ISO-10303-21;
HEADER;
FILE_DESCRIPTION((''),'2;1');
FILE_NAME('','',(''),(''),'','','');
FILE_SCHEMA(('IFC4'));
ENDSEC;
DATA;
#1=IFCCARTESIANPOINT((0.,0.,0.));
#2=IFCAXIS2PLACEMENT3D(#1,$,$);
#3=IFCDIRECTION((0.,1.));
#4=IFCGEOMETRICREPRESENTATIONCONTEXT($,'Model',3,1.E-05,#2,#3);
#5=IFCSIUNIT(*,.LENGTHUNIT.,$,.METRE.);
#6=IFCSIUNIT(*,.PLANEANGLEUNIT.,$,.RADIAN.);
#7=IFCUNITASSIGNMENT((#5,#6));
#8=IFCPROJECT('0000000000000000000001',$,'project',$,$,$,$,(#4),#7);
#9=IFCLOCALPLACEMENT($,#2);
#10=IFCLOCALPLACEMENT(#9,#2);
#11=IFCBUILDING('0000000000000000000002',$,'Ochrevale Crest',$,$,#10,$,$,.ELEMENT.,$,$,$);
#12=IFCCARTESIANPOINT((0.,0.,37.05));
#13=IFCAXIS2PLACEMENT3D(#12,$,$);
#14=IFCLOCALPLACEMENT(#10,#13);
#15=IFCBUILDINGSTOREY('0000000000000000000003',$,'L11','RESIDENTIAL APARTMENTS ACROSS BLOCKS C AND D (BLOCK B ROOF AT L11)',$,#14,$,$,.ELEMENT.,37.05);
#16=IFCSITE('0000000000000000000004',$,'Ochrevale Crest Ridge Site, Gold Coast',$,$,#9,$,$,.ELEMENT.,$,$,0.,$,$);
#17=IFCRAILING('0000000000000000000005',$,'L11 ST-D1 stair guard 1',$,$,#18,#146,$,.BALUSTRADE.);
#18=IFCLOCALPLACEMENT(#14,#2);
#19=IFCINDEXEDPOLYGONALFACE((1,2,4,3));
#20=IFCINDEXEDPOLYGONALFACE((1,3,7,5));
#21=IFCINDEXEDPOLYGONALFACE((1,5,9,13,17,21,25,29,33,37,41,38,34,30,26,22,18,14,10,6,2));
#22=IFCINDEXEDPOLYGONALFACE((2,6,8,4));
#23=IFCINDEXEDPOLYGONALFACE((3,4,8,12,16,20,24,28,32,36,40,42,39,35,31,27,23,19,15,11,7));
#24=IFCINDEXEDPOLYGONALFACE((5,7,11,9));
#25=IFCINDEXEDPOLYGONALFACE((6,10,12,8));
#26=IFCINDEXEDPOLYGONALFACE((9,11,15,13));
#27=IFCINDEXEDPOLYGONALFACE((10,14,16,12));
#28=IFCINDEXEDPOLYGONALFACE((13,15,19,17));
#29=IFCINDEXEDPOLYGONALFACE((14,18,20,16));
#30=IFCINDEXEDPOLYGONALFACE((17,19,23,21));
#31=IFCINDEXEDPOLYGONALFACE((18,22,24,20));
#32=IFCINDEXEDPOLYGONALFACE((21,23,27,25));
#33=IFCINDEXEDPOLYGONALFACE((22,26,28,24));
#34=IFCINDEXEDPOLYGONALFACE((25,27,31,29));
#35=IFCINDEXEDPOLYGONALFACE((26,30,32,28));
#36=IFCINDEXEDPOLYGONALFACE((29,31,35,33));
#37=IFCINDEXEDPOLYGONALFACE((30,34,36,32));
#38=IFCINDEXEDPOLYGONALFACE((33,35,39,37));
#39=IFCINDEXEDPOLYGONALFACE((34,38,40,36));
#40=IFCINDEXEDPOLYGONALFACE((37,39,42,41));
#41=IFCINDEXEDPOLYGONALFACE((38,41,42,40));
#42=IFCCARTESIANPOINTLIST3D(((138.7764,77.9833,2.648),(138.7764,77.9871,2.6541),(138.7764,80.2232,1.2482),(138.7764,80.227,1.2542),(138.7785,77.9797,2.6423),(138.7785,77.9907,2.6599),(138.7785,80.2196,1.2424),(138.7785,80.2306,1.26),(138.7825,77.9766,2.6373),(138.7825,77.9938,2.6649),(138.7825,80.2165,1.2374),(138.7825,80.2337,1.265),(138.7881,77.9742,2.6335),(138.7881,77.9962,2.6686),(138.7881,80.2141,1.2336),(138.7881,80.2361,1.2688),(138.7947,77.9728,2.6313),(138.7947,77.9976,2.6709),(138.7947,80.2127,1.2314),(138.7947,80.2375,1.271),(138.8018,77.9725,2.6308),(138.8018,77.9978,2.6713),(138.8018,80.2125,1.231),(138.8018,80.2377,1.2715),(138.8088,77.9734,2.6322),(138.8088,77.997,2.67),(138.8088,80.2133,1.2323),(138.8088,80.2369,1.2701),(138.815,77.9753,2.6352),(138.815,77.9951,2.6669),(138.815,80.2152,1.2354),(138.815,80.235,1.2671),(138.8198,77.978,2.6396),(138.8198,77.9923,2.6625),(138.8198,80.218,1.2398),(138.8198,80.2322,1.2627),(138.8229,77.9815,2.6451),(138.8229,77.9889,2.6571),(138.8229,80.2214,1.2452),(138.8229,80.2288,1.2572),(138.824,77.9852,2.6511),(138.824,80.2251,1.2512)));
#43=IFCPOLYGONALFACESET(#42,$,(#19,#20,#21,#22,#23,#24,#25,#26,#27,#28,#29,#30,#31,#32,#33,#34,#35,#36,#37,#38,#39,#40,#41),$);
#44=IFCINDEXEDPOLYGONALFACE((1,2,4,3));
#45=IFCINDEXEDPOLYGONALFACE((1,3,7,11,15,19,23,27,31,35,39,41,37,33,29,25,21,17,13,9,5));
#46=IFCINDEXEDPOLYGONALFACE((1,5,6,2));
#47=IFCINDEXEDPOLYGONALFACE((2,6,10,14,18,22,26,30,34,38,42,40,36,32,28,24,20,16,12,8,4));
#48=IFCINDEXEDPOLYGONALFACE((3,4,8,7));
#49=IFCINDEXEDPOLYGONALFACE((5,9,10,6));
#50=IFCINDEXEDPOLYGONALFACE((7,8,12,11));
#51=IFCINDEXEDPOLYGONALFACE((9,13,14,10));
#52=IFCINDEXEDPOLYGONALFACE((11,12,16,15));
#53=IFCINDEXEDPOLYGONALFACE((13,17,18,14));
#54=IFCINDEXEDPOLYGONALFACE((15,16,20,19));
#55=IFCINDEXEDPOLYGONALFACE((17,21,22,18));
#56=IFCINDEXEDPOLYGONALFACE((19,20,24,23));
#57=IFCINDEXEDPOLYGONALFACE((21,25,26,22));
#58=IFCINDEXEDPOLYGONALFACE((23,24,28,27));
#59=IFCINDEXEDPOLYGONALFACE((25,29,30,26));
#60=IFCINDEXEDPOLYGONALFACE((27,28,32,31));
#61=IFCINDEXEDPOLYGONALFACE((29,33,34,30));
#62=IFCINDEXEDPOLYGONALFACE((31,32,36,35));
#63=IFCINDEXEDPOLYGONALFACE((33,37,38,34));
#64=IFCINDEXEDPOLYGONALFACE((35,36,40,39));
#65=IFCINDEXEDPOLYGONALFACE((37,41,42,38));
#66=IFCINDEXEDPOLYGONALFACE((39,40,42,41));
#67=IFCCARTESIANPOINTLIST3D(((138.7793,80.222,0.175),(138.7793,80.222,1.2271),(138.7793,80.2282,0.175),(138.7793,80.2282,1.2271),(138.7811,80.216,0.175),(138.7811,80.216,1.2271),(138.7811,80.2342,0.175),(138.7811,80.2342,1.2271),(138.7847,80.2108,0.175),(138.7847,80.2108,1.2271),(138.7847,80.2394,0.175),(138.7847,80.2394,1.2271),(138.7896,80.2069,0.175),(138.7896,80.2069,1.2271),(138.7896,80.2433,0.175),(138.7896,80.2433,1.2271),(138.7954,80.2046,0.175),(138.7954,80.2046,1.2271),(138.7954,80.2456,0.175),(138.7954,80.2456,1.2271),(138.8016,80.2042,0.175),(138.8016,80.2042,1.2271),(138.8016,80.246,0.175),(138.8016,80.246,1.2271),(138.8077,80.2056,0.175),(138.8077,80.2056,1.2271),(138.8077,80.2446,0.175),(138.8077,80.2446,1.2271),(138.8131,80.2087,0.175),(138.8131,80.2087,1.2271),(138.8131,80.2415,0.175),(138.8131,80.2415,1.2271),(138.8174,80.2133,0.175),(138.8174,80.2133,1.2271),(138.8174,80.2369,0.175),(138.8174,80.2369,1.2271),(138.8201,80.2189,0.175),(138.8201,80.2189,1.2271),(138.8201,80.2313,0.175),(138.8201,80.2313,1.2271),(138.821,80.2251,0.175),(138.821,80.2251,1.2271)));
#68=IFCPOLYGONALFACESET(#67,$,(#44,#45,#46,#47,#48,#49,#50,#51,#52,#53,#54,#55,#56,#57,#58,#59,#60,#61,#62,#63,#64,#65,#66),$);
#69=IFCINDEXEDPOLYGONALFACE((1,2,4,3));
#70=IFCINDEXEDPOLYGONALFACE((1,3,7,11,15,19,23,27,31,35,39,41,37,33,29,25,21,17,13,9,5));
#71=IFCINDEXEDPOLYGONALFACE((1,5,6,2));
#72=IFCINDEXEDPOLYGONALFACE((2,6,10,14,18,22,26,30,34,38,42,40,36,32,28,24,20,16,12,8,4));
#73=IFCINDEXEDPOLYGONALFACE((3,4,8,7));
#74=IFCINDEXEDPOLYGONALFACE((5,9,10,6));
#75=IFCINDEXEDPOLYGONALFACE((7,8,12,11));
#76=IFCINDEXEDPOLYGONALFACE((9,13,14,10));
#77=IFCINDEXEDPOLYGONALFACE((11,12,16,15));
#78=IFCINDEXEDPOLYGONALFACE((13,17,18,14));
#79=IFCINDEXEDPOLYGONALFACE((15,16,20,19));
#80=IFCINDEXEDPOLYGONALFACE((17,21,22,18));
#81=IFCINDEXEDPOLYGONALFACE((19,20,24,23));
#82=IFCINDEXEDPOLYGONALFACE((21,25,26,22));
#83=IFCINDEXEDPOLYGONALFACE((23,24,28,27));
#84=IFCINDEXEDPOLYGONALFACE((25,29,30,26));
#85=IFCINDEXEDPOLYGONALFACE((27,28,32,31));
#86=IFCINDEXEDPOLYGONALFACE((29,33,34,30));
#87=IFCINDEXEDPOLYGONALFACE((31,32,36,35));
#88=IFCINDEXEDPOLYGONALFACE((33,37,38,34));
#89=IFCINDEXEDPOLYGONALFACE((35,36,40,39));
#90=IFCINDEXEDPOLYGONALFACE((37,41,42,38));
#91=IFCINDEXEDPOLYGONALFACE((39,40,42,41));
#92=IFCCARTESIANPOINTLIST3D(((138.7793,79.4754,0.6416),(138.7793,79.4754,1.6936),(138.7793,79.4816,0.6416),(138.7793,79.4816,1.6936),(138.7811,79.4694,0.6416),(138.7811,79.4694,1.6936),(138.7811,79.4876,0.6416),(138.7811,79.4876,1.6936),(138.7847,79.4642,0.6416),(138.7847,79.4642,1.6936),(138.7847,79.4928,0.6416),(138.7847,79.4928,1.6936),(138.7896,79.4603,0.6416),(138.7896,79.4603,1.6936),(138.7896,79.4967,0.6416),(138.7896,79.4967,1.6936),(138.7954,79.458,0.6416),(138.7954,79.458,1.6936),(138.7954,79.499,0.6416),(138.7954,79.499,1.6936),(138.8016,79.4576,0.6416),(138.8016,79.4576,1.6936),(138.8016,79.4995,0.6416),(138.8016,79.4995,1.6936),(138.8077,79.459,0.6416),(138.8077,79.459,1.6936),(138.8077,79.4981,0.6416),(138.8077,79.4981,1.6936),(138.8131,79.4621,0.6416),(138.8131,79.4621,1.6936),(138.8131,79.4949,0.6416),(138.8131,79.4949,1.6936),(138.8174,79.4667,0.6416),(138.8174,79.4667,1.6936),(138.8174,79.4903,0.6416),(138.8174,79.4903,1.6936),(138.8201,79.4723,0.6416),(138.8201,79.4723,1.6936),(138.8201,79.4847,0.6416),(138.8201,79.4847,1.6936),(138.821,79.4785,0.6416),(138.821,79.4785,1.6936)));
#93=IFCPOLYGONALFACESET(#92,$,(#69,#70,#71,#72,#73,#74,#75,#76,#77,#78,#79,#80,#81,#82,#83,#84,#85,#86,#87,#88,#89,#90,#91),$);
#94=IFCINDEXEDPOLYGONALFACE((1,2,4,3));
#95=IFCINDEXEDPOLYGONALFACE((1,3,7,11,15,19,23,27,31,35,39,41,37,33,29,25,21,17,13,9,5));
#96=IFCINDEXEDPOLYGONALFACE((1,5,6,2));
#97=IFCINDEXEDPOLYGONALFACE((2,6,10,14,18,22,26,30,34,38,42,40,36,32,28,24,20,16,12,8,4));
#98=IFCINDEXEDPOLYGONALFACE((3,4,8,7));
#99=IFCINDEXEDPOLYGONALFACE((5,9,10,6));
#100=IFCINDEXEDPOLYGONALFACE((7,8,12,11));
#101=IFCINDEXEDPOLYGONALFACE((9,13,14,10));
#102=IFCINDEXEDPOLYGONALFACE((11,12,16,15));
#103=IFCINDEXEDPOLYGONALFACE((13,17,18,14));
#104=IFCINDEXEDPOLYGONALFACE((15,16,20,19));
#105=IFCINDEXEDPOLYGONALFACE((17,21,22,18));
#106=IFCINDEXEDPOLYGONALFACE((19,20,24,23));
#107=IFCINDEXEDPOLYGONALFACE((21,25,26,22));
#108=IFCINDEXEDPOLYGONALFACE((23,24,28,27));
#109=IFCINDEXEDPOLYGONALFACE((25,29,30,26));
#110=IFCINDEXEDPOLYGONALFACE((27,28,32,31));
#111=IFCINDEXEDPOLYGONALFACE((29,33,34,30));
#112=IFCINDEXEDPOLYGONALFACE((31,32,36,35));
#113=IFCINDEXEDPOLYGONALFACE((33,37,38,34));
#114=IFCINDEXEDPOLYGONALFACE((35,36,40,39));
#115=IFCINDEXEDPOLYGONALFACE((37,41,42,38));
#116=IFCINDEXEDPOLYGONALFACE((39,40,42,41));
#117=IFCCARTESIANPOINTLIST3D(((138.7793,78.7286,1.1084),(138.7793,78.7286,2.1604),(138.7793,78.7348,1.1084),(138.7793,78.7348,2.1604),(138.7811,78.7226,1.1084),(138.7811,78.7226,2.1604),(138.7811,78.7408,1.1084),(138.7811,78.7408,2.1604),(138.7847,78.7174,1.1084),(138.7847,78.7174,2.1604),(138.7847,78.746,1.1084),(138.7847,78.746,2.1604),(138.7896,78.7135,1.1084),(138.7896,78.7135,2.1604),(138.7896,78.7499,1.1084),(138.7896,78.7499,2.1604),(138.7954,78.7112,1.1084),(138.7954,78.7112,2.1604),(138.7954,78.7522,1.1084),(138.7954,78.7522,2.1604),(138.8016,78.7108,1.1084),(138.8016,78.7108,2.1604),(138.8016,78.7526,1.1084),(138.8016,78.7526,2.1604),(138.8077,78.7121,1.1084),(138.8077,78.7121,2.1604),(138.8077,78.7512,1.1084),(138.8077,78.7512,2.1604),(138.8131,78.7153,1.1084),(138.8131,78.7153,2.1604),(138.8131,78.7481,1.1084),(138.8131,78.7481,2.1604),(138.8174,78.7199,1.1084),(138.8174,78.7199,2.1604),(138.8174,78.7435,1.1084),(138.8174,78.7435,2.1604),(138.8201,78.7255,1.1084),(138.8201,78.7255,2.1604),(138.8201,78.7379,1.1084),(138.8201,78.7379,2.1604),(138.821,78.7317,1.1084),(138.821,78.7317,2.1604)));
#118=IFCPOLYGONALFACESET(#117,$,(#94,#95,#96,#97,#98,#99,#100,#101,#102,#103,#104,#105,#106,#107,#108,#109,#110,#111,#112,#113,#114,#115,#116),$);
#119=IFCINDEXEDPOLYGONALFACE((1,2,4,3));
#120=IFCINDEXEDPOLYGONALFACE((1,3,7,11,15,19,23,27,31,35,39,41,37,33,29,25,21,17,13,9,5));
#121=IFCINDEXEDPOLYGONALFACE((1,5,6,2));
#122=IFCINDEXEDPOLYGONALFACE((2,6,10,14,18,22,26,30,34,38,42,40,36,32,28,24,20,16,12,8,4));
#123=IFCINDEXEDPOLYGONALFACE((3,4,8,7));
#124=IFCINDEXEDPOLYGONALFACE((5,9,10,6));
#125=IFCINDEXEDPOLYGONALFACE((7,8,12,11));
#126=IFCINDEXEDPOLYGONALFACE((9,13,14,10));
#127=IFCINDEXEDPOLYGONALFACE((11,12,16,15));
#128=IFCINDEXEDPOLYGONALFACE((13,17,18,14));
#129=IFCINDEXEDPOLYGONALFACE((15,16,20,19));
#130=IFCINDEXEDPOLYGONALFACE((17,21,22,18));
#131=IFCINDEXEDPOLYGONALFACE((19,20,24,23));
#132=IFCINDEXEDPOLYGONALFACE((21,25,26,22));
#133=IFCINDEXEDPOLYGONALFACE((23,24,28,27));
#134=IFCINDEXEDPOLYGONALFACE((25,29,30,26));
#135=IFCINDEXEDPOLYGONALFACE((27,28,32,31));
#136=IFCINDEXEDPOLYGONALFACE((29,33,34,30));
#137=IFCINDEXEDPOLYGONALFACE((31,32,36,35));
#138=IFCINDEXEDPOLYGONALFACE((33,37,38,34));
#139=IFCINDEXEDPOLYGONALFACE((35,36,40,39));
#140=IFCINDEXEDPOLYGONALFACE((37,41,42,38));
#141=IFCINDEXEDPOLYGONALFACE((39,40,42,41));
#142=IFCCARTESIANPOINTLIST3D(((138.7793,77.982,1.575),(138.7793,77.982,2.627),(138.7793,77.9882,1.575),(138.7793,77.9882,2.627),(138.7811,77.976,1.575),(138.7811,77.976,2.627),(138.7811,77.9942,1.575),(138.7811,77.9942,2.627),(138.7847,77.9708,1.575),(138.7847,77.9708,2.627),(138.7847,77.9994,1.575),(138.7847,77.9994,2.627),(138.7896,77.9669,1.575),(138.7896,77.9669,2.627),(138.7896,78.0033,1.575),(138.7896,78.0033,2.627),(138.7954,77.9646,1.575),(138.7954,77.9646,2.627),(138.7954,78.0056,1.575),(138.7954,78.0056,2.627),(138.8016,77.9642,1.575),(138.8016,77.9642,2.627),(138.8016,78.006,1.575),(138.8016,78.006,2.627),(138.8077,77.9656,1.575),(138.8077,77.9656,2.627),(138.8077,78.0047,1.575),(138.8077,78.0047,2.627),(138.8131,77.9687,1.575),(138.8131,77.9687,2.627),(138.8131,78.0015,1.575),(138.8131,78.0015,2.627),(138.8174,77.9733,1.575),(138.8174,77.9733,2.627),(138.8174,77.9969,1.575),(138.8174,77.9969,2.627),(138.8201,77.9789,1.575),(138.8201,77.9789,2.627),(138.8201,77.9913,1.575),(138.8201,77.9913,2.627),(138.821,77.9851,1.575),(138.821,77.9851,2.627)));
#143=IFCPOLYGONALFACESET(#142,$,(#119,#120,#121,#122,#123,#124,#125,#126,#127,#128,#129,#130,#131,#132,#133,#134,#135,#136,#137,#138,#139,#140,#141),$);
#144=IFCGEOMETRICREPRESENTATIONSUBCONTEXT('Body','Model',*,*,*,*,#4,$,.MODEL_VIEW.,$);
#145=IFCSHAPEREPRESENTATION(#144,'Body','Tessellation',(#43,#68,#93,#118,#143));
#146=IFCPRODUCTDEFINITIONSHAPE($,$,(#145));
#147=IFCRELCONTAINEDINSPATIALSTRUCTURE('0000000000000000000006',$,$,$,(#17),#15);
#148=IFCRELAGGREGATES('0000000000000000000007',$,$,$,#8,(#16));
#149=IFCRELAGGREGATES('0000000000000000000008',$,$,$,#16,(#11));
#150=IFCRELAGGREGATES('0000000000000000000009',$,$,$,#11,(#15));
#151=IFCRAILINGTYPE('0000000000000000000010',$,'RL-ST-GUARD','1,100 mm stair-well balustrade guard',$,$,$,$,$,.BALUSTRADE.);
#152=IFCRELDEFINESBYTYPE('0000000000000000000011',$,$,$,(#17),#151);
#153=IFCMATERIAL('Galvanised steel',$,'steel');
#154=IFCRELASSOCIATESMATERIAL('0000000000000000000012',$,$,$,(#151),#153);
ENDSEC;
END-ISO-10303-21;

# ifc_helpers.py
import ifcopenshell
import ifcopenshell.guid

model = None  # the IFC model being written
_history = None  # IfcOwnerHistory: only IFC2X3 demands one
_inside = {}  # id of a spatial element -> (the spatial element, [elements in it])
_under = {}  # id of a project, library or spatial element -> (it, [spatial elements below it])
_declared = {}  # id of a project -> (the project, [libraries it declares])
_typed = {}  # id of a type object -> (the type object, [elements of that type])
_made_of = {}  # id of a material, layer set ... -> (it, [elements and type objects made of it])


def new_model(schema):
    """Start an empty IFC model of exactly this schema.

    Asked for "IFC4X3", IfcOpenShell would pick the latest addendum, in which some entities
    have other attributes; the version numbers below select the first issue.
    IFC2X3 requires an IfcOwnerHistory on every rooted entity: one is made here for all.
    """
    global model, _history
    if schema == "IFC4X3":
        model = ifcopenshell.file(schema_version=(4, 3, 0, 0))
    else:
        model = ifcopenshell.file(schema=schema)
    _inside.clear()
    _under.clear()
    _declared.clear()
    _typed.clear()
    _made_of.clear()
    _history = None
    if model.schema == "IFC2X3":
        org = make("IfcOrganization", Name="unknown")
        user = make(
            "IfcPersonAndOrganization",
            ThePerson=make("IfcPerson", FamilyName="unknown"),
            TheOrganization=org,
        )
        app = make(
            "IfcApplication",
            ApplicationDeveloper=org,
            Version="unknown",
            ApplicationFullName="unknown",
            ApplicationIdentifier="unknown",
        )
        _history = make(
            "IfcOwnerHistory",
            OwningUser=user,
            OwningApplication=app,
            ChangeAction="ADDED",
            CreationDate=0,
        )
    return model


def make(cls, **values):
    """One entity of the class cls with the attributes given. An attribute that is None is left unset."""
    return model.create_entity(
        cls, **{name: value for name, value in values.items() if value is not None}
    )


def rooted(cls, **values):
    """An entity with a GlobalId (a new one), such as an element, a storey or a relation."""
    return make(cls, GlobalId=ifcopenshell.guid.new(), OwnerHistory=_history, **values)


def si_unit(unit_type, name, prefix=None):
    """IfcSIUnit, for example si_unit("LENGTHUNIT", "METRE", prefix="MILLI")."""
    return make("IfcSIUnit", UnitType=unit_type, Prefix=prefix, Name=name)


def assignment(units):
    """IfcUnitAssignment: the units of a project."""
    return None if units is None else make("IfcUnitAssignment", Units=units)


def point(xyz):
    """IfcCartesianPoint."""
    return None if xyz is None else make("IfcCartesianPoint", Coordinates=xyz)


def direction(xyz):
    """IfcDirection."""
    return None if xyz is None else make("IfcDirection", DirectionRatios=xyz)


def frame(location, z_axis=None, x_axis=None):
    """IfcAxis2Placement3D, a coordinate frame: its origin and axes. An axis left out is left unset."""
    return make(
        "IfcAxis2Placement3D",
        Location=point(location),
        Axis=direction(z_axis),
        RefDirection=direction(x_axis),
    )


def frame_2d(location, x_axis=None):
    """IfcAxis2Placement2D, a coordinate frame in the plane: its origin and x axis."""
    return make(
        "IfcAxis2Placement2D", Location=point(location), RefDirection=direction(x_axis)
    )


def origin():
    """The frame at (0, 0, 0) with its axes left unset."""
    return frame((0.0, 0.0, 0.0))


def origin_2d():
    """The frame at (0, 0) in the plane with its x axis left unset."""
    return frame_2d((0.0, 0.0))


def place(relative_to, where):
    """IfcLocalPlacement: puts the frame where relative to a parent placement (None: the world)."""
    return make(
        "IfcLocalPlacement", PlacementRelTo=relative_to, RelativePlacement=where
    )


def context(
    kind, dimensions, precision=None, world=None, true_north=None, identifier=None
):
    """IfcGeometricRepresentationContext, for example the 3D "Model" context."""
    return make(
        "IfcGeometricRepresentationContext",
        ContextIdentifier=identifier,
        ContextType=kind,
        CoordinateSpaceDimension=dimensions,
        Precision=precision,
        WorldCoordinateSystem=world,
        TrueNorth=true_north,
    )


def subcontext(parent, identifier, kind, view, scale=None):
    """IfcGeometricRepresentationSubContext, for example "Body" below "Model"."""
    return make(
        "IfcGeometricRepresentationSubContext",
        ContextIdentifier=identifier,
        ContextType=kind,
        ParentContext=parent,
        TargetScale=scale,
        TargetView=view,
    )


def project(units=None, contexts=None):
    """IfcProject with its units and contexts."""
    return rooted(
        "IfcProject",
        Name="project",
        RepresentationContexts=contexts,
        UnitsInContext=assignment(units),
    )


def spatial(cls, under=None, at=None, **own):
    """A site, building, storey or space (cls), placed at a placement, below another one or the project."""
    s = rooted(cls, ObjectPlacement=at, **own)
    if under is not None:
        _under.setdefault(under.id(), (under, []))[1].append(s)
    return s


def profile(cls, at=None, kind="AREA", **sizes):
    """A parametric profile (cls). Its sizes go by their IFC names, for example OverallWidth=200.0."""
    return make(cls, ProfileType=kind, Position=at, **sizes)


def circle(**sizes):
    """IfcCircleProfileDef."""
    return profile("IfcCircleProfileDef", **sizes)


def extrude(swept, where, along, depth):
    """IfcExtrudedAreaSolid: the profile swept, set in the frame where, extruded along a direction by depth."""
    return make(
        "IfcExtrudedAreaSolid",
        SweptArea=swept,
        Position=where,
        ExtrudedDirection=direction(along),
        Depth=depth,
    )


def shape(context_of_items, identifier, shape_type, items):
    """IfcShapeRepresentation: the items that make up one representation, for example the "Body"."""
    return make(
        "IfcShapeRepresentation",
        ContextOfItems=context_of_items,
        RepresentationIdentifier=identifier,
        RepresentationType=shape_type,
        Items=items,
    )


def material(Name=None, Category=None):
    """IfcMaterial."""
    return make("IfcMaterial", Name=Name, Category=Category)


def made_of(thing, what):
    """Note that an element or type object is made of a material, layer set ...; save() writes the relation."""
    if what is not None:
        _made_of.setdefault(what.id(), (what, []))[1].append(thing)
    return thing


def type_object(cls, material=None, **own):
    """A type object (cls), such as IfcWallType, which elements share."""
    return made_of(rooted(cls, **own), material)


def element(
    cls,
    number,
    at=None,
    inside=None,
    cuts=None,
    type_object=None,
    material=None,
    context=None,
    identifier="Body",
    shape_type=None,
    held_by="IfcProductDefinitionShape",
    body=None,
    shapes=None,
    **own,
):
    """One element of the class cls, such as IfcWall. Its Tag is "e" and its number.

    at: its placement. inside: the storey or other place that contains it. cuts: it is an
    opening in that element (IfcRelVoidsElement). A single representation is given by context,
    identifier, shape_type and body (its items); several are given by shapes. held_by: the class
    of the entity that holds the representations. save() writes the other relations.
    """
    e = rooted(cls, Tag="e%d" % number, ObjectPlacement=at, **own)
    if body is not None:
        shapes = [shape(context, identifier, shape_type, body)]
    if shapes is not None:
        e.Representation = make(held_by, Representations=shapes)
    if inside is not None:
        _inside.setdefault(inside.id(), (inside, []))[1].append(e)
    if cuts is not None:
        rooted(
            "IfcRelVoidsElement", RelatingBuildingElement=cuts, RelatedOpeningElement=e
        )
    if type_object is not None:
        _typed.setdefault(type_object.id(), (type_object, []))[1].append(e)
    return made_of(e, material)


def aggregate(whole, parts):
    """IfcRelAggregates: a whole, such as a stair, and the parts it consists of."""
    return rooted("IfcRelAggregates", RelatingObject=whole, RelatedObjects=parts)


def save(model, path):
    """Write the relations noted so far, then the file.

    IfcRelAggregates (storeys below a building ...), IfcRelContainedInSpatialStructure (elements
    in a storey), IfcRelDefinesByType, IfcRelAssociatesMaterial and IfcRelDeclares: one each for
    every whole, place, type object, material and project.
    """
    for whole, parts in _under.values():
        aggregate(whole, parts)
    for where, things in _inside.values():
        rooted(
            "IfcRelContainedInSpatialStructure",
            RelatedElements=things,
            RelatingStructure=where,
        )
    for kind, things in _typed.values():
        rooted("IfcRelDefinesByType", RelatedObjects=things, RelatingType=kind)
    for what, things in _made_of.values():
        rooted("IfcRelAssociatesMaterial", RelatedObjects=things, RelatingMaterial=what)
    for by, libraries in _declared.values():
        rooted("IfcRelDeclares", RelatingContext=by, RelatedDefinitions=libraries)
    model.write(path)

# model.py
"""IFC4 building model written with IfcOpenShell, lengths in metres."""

from ifc_helpers import new_model, si_unit, direction, frame, origin, origin_2d, place, context, subcontext, project, spatial, circle, extrude, material, type_object, element, save


model = new_model("IFC4")

# Units and contexts
model_context = context("Model", 3, precision=1e-05, world=origin(), true_north=direction((0.0, 1.0)))
body_context = subcontext(model_context, "Body", "Model", "MODEL_VIEW")
ifc_project = project(units=[si_unit("LENGTHUNIT", "METRE"), si_unit("PLANEANGLEUNIT", "RADIAN")], contexts=[model_context])

# Site, building, storey
site_placement = place(None, origin())
site = spatial("IfcSite", under=ifc_project, at=site_placement, Name="Ochrevale Crest Ridge Site, Gold Coast", CompositionType="ELEMENT", RefElevation=0.0)
building_placement = place(site_placement, origin())
building = spatial("IfcBuilding", under=site, at=building_placement, Name="Ochrevale Crest", CompositionType="ELEMENT")
storey_placement = place(building_placement, frame((0.0, 0.0, 37.05)))
storey = spatial("IfcBuildingStorey", under=building, at=storey_placement, Name="L11", Description="RESIDENTIAL APARTMENTS ACROSS BLOCKS C AND D (BLOCK B ROOF AT L11)", CompositionType="ELEMENT", Elevation=37.05)

# Railing
ifc_material_1 = material(Name="Galvanised steel", Category="steel")
railing_type = type_object("IfcRailingType", Name="RL-ST-GUARD", Description="1,100 mm stair-well balustrade guard", PredefinedType="BALUSTRADE", material=ifc_material_1)
railing_1_placement = place(storey_placement, frame((138.8, 80.2251, 0.175)))
element("IfcRailing", 1, at=railing_1_placement, inside=storey, type_object=railing_type, Name="L11 ST-D1 stair guard 1", PredefinedType="BALUSTRADE", context=body_context, shape_type="SweptSolid", body=[
    extrude(circle(Radius=0.0239, at=origin_2d()), frame((0.0, 0.0, 1.0762), z_axis=(0.0, -0.848014, 0.529974), x_axis=(1.0, 0.0, 0.0)), (0.0, 0.0, 1.0), 2.6414),
    extrude(circle(Radius=0.021, at=origin_2d()), origin(), (0.0, 0.0, 1.0), 1.052),
    extrude(circle(Radius=0.021, at=origin_2d()), frame((0.0, -0.7466, 0.4666)), (0.0, 0.0, 1.0), 1.052),
    extrude(circle(Radius=0.021, at=origin_2d()), frame((0.0, -1.4934, 0.9333)), (0.0, 0.0, 1.0), 1.052),
    extrude(circle(Radius=0.021, at=origin_2d()), frame((0.0, -2.24, 1.3999)), (0.0, 0.0, 1.0), 1.052),
])

save(model, "model.ifc")
